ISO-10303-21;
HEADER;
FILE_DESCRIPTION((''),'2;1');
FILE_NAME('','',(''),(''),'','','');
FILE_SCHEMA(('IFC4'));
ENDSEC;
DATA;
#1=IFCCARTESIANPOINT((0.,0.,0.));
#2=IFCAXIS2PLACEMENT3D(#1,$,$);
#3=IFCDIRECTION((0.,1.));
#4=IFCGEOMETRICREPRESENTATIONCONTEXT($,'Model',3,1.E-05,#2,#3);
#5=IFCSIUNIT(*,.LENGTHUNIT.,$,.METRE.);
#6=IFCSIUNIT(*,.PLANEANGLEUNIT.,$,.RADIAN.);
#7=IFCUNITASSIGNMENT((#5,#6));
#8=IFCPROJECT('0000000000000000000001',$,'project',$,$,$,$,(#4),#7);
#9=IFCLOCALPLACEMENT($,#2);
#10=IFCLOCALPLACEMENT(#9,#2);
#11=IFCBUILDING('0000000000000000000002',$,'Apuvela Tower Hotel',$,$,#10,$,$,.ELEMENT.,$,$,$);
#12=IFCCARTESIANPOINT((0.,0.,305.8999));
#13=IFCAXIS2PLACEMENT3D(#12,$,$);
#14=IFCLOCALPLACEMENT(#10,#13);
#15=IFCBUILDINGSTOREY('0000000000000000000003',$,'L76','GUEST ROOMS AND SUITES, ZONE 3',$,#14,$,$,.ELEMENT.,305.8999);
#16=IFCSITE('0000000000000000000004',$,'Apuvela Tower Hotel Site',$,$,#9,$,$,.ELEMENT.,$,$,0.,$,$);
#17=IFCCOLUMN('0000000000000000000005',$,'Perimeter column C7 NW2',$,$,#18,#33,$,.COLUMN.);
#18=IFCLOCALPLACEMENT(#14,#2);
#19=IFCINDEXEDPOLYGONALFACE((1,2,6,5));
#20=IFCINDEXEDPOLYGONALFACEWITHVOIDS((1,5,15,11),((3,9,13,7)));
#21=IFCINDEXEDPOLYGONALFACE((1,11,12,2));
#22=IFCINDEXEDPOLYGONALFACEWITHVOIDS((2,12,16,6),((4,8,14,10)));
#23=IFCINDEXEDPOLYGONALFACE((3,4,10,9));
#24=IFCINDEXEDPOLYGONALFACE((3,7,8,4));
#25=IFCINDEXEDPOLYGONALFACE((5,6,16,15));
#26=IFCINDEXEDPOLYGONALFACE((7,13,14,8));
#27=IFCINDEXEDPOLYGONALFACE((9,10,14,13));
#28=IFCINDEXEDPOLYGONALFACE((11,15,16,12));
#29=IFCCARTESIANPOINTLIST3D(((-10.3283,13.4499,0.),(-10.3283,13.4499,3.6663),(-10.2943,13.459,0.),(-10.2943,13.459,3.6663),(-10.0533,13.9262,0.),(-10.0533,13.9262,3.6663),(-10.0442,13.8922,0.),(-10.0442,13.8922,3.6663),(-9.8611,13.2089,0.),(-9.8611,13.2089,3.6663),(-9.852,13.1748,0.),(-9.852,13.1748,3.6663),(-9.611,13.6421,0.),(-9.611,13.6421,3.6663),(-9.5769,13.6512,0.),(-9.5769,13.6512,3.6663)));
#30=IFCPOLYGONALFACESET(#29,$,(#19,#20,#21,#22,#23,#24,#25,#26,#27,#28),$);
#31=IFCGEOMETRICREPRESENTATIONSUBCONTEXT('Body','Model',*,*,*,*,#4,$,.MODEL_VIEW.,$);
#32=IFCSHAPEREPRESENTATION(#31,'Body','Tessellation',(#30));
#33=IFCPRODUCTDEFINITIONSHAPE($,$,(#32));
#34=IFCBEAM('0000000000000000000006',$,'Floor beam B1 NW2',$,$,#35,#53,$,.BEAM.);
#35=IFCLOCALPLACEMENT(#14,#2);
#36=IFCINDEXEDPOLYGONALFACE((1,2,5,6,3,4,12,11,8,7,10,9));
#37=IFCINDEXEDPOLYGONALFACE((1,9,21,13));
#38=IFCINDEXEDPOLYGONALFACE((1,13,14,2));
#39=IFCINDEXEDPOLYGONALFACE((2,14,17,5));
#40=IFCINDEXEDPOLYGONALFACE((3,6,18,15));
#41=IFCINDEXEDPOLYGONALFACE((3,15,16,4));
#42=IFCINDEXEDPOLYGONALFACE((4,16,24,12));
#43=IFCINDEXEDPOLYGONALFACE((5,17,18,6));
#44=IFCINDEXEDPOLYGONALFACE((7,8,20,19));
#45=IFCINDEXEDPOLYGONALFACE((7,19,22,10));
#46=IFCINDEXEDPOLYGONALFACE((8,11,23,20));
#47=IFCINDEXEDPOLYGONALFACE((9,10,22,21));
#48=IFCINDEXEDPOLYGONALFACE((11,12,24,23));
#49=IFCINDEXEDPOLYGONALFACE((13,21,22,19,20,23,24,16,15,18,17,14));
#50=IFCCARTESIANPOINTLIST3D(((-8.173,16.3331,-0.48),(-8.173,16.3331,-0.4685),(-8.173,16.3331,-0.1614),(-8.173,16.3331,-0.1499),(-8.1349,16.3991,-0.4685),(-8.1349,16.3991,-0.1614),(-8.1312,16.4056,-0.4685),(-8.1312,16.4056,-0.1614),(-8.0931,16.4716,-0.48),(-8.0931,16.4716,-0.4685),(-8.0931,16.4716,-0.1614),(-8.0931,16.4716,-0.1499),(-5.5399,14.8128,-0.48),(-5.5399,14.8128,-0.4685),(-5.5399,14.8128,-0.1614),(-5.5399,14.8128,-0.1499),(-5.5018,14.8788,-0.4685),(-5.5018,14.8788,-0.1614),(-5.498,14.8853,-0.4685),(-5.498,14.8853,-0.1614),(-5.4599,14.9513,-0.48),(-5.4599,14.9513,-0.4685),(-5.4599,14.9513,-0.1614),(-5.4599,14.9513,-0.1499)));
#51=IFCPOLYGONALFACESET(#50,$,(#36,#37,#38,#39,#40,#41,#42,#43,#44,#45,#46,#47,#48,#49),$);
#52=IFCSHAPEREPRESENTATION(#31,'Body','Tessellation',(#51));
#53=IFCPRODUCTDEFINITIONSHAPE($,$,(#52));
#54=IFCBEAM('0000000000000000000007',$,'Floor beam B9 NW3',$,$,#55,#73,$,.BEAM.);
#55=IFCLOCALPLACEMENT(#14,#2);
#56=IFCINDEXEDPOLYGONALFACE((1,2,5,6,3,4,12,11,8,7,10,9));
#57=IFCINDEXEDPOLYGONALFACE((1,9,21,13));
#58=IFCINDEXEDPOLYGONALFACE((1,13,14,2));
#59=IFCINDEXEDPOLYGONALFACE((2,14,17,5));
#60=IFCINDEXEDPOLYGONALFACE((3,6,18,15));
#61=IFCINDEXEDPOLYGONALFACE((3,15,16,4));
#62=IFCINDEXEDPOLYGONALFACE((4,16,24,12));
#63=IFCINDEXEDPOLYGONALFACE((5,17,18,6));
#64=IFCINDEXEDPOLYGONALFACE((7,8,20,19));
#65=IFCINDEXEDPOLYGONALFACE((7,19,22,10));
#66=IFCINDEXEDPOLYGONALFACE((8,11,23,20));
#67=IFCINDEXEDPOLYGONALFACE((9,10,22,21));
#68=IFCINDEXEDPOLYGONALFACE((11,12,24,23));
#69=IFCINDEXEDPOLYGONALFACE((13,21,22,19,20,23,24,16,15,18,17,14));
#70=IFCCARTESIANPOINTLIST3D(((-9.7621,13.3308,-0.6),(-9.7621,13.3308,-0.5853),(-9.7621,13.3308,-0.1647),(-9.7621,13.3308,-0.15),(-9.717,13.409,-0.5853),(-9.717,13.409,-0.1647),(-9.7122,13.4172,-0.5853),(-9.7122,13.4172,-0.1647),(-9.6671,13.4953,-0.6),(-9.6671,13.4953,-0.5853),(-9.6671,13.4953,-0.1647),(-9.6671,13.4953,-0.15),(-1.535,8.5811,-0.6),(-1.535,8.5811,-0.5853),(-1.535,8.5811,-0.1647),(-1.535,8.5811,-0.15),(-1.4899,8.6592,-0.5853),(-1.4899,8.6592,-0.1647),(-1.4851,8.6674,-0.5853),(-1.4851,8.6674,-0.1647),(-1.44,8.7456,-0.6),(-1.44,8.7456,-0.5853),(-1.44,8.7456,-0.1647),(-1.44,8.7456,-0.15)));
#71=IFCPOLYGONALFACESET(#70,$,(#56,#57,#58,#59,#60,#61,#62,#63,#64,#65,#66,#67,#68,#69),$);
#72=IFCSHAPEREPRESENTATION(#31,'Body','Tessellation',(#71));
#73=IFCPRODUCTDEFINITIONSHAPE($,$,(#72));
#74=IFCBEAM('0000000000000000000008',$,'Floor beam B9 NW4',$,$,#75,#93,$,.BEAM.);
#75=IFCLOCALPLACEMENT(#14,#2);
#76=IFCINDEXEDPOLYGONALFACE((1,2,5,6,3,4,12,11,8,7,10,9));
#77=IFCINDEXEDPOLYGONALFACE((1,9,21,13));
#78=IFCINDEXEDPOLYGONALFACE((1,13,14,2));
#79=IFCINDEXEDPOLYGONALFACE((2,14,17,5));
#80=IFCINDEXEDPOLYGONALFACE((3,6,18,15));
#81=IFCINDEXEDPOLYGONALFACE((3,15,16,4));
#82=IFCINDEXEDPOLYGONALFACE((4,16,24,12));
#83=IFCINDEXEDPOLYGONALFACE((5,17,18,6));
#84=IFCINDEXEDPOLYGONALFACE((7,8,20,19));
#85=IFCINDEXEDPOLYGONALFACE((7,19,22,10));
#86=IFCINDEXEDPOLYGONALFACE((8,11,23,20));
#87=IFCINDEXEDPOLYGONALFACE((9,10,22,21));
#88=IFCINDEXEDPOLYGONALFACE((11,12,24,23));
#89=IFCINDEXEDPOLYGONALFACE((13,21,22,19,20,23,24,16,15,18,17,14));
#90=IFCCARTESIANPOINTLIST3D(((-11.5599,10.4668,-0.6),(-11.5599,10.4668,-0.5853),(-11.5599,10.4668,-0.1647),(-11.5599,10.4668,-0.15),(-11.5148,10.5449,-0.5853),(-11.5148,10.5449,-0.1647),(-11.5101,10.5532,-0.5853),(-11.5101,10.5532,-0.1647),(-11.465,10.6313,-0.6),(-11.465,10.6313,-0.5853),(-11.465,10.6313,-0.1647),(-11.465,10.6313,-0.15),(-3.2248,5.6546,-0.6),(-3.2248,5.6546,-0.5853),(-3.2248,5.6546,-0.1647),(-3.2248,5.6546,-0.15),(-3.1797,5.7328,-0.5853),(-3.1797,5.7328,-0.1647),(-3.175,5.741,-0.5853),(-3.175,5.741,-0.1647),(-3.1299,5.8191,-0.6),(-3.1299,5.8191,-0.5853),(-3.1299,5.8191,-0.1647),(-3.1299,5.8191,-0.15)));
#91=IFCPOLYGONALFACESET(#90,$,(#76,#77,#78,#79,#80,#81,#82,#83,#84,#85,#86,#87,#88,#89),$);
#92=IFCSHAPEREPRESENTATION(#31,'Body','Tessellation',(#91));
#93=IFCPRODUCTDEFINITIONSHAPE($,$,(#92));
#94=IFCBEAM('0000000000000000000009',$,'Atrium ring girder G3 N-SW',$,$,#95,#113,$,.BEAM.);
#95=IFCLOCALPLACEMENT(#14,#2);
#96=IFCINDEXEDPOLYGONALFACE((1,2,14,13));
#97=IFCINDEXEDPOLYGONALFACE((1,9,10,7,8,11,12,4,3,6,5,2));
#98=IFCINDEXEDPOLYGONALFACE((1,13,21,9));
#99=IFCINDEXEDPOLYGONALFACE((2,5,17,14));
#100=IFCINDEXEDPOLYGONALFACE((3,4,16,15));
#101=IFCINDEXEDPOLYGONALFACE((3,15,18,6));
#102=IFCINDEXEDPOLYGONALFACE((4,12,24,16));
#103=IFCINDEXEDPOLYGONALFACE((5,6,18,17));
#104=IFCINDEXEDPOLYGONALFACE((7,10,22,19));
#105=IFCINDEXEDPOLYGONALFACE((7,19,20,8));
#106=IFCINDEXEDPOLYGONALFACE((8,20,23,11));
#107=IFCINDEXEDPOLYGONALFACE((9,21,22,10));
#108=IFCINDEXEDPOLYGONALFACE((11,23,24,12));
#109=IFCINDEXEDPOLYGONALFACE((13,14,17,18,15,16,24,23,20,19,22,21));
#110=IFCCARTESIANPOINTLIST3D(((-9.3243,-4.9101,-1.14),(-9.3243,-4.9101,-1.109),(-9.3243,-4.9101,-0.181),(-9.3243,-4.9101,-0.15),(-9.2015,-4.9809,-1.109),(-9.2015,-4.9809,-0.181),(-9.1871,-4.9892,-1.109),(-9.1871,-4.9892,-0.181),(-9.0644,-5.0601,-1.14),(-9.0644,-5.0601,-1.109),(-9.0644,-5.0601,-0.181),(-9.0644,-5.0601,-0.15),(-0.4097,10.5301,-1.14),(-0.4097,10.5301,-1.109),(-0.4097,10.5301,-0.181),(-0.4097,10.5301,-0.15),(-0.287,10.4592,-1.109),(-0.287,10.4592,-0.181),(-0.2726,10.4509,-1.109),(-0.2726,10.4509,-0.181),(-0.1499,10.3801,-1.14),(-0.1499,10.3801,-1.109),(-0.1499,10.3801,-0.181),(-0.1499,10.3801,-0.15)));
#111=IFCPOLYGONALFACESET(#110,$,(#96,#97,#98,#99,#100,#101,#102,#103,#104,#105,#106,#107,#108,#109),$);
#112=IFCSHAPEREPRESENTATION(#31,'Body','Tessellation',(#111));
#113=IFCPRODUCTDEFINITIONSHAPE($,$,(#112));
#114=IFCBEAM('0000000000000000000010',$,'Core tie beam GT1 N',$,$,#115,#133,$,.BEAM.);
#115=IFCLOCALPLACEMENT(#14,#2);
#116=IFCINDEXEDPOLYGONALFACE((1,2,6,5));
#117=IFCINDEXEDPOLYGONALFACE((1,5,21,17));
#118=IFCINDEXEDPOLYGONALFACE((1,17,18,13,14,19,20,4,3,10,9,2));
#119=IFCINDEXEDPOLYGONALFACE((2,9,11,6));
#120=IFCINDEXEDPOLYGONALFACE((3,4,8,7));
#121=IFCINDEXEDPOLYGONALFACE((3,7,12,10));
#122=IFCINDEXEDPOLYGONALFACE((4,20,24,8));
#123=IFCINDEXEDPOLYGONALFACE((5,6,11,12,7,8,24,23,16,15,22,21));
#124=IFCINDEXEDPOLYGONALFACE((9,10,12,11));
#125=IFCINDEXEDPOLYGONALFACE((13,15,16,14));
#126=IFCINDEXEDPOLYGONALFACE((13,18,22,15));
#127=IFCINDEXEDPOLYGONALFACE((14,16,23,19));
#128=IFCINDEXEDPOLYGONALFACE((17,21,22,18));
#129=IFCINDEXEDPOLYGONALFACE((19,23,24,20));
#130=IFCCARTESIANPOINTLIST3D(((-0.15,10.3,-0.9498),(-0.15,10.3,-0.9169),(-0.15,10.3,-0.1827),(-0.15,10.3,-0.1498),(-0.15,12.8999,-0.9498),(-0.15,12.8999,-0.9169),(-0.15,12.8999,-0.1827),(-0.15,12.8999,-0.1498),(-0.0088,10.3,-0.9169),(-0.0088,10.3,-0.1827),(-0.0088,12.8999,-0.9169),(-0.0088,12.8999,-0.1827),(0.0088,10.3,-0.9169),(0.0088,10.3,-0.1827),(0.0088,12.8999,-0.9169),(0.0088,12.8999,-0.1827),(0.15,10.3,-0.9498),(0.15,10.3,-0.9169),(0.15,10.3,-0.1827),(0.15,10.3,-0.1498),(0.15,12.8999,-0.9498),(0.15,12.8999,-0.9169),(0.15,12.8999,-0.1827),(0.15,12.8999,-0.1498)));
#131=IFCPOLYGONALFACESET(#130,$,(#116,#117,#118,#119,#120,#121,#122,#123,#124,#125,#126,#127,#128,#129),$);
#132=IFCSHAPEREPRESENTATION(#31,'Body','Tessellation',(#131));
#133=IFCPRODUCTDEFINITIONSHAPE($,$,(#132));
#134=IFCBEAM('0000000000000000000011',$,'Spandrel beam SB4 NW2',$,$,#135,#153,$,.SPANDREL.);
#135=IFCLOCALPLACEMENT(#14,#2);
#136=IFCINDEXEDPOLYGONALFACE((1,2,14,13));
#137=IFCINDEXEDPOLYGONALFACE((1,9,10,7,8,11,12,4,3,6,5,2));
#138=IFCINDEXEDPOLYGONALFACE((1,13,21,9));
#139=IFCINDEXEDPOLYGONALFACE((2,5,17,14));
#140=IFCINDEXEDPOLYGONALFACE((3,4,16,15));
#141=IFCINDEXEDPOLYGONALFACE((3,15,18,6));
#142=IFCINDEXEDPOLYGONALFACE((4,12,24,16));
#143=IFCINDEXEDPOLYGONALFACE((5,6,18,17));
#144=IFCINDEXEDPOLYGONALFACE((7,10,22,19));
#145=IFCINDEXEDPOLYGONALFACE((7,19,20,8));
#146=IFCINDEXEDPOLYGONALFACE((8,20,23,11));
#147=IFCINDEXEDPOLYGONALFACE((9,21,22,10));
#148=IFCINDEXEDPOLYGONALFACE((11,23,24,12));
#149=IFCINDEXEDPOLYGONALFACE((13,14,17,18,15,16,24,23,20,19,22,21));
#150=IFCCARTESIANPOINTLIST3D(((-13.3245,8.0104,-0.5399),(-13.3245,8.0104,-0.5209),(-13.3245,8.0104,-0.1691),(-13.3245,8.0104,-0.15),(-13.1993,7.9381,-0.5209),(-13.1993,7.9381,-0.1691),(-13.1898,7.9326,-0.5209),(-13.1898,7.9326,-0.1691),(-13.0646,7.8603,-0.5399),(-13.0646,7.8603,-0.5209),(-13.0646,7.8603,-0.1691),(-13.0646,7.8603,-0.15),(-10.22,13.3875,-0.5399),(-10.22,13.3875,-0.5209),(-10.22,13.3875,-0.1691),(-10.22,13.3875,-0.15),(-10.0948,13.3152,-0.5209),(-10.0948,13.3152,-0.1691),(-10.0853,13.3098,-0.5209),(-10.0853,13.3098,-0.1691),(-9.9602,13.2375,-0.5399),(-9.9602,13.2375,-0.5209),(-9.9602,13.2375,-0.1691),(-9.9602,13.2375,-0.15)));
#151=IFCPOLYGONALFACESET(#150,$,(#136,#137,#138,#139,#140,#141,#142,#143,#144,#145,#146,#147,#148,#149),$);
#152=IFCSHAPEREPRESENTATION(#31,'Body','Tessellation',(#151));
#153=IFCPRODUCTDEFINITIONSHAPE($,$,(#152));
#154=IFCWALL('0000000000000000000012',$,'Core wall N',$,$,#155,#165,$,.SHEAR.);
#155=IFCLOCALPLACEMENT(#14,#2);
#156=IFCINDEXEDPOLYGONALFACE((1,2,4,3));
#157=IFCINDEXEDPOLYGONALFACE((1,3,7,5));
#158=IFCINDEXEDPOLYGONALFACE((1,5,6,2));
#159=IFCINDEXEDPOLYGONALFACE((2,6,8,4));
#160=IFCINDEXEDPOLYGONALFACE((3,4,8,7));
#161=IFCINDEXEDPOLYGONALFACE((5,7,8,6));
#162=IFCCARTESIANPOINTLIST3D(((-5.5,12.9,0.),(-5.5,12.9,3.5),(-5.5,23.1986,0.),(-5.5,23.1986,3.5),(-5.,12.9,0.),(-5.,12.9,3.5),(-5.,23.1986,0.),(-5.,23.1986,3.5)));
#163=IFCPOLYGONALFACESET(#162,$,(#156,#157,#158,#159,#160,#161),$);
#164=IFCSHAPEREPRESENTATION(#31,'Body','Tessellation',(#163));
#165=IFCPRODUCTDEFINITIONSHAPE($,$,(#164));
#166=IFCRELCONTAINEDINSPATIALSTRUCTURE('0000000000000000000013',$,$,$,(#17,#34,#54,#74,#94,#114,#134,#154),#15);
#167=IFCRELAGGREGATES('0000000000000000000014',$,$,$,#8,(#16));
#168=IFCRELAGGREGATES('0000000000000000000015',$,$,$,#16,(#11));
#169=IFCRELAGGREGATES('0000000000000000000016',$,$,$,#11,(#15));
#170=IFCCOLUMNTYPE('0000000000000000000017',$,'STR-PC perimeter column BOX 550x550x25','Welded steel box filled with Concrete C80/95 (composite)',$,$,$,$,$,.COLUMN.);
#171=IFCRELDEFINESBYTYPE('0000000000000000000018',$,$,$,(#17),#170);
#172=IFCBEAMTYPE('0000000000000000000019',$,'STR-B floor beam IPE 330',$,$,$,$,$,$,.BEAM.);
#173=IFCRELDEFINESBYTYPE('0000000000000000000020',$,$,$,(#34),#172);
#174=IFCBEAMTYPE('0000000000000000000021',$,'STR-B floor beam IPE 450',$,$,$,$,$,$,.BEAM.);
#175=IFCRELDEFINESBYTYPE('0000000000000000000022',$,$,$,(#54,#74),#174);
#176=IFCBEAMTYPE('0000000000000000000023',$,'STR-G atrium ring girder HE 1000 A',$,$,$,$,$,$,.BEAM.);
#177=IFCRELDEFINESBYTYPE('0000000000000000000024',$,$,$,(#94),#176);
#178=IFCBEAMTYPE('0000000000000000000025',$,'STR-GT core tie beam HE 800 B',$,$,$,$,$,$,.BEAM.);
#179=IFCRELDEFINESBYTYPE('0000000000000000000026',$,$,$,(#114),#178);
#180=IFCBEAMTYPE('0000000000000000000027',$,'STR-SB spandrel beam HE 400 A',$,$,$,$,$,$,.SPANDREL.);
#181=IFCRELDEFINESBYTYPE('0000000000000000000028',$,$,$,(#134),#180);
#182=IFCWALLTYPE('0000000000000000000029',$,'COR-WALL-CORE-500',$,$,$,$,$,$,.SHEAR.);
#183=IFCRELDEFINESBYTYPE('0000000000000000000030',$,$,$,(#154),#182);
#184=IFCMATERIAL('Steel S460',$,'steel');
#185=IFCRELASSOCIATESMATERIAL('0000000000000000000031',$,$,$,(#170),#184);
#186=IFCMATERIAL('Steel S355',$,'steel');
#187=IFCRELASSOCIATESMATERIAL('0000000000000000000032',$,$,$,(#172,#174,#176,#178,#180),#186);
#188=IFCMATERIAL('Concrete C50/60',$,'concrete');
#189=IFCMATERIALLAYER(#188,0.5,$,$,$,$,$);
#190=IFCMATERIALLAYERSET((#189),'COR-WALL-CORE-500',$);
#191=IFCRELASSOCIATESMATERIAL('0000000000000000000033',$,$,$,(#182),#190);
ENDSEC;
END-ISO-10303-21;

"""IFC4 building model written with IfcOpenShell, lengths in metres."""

from ifc_helpers import new_model, si_unit, direction, frame, frame_2d, origin, origin_2d, place, context, subcontext, project, spatial, rectangle, hollow_rectangle, i_section, extrude, boolean, halfspace, material, layer, layer_set, material_profile, profile_set, type_object, element, save


model = new_model("IFC4")

# Units and contexts
model_context = context("Model", 3, precision=1e-05, world=origin(), true_north=direction((0.0, 1.0)))
body_context = subcontext(model_context, "Body", "Model", "MODEL_VIEW")
ifc_project = project(units=[si_unit("LENGTHUNIT", "METRE"), si_unit("PLANEANGLEUNIT", "RADIAN")], contexts=[model_context])

# Site, building, storey
site_placement = place(None, origin())
site = spatial("IfcSite", under=ifc_project, at=site_placement, Name="Apuvela Tower Hotel Site", CompositionType="ELEMENT", RefElevation=0.0)
building_placement = place(site_placement, origin())
building = spatial("IfcBuilding", under=site, at=building_placement, Name="Apuvela Tower Hotel", CompositionType="ELEMENT")
storey_placement = place(building_placement, frame((0.0, 0.0, 305.8999)))
storey = spatial("IfcBuildingStorey", under=building, at=storey_placement, Name="L76", Description="GUEST ROOMS AND SUITES, ZONE 3", CompositionType="ELEMENT", Elevation=305.8999)

# Column
ifc_material_1 = material(Name="Steel S460", Category="steel")
ifc_material_profile_1 = material_profile(ifc_material_1, hollow_rectangle(XDim=0.55, YDim=0.55, WallThickness=0.0249, at=origin_2d()), Name="BOX 550x550x25")
ifc_material_2 = material(Name="Concrete C80/95", Category="concrete")
ifc_material_profile_2 = material_profile(ifc_material_2, rectangle(XDim=0.5, YDim=0.5, at=origin_2d()), Name="Concrete C80/95 infill")
ifc_profile_set_1 = profile_set([ifc_material_profile_1, ifc_material_profile_2], Name="Steel S460")
column_type = type_object("IfcColumnType", Name="STR-PC perimeter column BOX 550x550x25", Description="Welded steel box filled with Concrete C80/95 (composite)", PredefinedType="COLUMN", material=ifc_profile_set_1)
column_placement = place(storey_placement, frame((-9.9526, 13.5505, 0.0), z_axis=(0.0, 0.0, 1.0), x_axis=(0.5, 0.866025, 0.0)))
element("IfcColumn", 1, at=column_placement, inside=storey, type_object=column_type, Name="Perimeter column C7 NW2", PredefinedType="COLUMN", context=body_context, shape_type="SweptSolid", body=[
    boolean("DIFFERENCE", extrude(hollow_rectangle(XDim=0.55, YDim=0.55, WallThickness=0.0249, at=origin_2d()), origin(), (0.0, 0.0, 1.0), 3.7002), halfspace(frame((0.0, 0.0, 3.6663), z_axis=(0.0, 0.0, 1.0), x_axis=(1.0, 0.0, 0.0)), False)),
])

# Beams
ifc_material_3 = material(Name="Steel S355", Category="steel")
ifc_material_profile_3 = material_profile(ifc_material_3, i_section(OverallWidth=0.1599, OverallDepth=0.3301, WebThickness=0.0076, FlangeThickness=0.0115, at=origin_2d()), Name="IPE 330")
ifc_profile_set_2 = profile_set([ifc_material_profile_3], Name="Steel S355")
beam_type_1 = type_object("IfcBeamType", Name="STR-B floor beam IPE 330", PredefinedType="BEAM", material=ifc_profile_set_2)
beam_1_placement = place(storey_placement, frame((-8.1331, 16.4023, -0.3149), z_axis=(0.866016, -0.500017, 0.0), x_axis=(0.500017, 0.866016, 0.0)))
element("IfcBeam", 2, at=beam_1_placement, inside=storey, type_object=beam_type_1, Name="Floor beam B1 NW2", PredefinedType="BEAM", context=body_context, shape_type="SweptSolid", body=[
    extrude(i_section(OverallWidth=0.1599, OverallDepth=0.3301, WebThickness=0.0076, FlangeThickness=0.0115, at=origin_2d()), origin(), (0.0, 0.0, 1.0), 3.0405),
])
ifc_material_profile_4 = material_profile(ifc_material_3, i_section(OverallWidth=0.1899, OverallDepth=0.45, WebThickness=0.0095, FlangeThickness=0.0146, at=origin_2d()), Name="IPE 450")
ifc_profile_set_3 = profile_set([ifc_material_profile_4], Name="Steel S355")
beam_type_2 = type_object("IfcBeamType", Name="STR-B floor beam IPE 450", PredefinedType="BEAM", material=ifc_profile_set_3)
beam_2_placement = place(storey_placement, frame((-9.7146, 13.4131, -0.375), z_axis=(0.866032, -0.499989, 0.0), x_axis=(0.499989, 0.866032, 0.0)))
element("IfcBeam", 3, at=beam_2_placement, inside=storey, type_object=beam_type_2, Name="Floor beam B9 NW3", PredefinedType="BEAM", context=body_context, shape_type="SweptSolid", body=[
    extrude(i_section(OverallWidth=0.1899, OverallDepth=0.45, WebThickness=0.0095, FlangeThickness=0.0146, at=origin_2d()), origin(), (0.0, 0.0, 1.0), 9.4998),
])
beam_3_placement = place(storey_placement, frame((-11.5125, 10.5491, -0.375), z_axis=(0.866029, -0.499994, 0.0), x_axis=(0.499994, 0.866029, 0.0)))
element("IfcBeam", 4, at=beam_3_placement, inside=storey, type_object=beam_type_2, Name="Floor beam B9 NW4", PredefinedType="BEAM", context=body_context, shape_type="SweptSolid", body=[
    extrude(i_section(OverallWidth=0.1899, OverallDepth=0.45, WebThickness=0.0095, FlangeThickness=0.0146, at=origin_2d()), origin(), (0.0, 0.0, 1.0), 9.6245),
])
ifc_material_profile_5 = material_profile(ifc_material_3, i_section(OverallWidth=0.3, OverallDepth=0.99, WebThickness=0.0166, FlangeThickness=0.031, at=origin_2d()), Name="HE 1000 A")
ifc_profile_set_4 = profile_set([ifc_material_profile_5], Name="Steel S355")
beam_type_3 = type_object("IfcBeamType", Name="STR-G atrium ring girder HE 1000 A", PredefinedType="BEAM", material=ifc_profile_set_4)
beam_4_placement = place(storey_placement, frame((-0.2798, 10.4551, -0.645), z_axis=(-0.500007, -0.866022, 0.0), x_axis=(0.866022, -0.500007, 0.0)))
element("IfcBeam", 5, at=beam_4_placement, inside=storey, type_object=beam_type_3, Name="Atrium ring girder G3 N-SW", PredefinedType="BEAM", context=body_context, shape_type="SweptSolid", body=[
    extrude(i_section(OverallWidth=0.3, OverallDepth=0.99, WebThickness=0.0166, FlangeThickness=0.031, at=origin_2d()), origin(), (0.0, 0.0, 1.0), 17.8289),
])
ifc_material_profile_6 = material_profile(ifc_material_3, i_section(OverallWidth=0.3, OverallDepth=0.8, WebThickness=0.0176, FlangeThickness=0.033, at=origin_2d()), Name="HE 800 B")
ifc_profile_set_5 = profile_set([ifc_material_profile_6], Name="Steel S355")
beam_type_4 = type_object("IfcBeamType", Name="STR-GT core tie beam HE 800 B", PredefinedType="BEAM", material=ifc_profile_set_5)
beam_5_placement = place(storey_placement, frame((0.0, 12.8999, -0.5498), z_axis=(0.0, -1.0, 0.0), x_axis=(1.0, 0.0, 0.0)))
element("IfcBeam", 6, at=beam_5_placement, inside=storey, type_object=beam_type_4, Name="Core tie beam GT1 N", PredefinedType="BEAM", context=body_context, shape_type="SweptSolid", body=[
    extrude(i_section(OverallWidth=0.3, OverallDepth=0.8, WebThickness=0.0176, FlangeThickness=0.033, at=origin_2d()), origin(), (0.0, 0.0, 1.0), 2.5999),
])
ifc_material_profile_7 = material_profile(ifc_material_3, i_section(OverallWidth=0.3, OverallDepth=0.3899, WebThickness=0.011, FlangeThickness=0.019, at=origin_2d()), Name="HE 400 A")
ifc_profile_set_6 = profile_set([ifc_material_profile_7], Name="Steel S355")
beam_type_5 = type_object("IfcBeamType", Name="STR-SB spandrel beam HE 400 A", PredefinedType="SPANDREL", material=ifc_profile_set_6)
beam_6_placement = place(storey_placement, frame((-10.0901, 13.3125, -0.345), z_axis=(-0.499996, -0.866028, 0.0), x_axis=(0.866028, -0.499996, 0.0)))
element("IfcBeam", 7, at=beam_6_placement, inside=storey, type_object=beam_type_5, Name="Spandrel beam SB4 NW2", PredefinedType="SPANDREL", context=body_context, shape_type="SweptSolid", body=[
    extrude(i_section(OverallWidth=0.3, OverallDepth=0.3899, WebThickness=0.011, FlangeThickness=0.019, at=origin_2d()), origin(), (0.0, 0.0, 1.0), 6.209),
])

# Wall
ifc_material_4 = material(Name="Concrete C50/60", Category="concrete")
ifc_layer_1 = layer(ifc_material_4, 0.5)
ifc_layer_set_1 = layer_set([ifc_layer_1], Name="COR-WALL-CORE-500")
wall_type_1 = type_object("IfcWallType", Name="COR-WALL-CORE-500", PredefinedType="SHEAR", material=ifc_layer_set_1)
wall_1_placement = place(storey_placement, frame((-5.25, 12.8999, 0.0), z_axis=(0.0, 0.0, 1.0), x_axis=(0.0, 1.0, 0.0)))
element("IfcWall", 8, at=wall_1_placement, inside=storey, type_object=wall_type_1, Name="Core wall N", PredefinedType="SHEAR", context=body_context, shape_type="SweptSolid", body=[
    extrude(rectangle(XDim=10.2986, YDim=0.5, at=frame_2d((5.1494, 0.0))), origin(), (0.0, 0.0, 1.0), 3.5),
])

save(model, "model.ifc")
